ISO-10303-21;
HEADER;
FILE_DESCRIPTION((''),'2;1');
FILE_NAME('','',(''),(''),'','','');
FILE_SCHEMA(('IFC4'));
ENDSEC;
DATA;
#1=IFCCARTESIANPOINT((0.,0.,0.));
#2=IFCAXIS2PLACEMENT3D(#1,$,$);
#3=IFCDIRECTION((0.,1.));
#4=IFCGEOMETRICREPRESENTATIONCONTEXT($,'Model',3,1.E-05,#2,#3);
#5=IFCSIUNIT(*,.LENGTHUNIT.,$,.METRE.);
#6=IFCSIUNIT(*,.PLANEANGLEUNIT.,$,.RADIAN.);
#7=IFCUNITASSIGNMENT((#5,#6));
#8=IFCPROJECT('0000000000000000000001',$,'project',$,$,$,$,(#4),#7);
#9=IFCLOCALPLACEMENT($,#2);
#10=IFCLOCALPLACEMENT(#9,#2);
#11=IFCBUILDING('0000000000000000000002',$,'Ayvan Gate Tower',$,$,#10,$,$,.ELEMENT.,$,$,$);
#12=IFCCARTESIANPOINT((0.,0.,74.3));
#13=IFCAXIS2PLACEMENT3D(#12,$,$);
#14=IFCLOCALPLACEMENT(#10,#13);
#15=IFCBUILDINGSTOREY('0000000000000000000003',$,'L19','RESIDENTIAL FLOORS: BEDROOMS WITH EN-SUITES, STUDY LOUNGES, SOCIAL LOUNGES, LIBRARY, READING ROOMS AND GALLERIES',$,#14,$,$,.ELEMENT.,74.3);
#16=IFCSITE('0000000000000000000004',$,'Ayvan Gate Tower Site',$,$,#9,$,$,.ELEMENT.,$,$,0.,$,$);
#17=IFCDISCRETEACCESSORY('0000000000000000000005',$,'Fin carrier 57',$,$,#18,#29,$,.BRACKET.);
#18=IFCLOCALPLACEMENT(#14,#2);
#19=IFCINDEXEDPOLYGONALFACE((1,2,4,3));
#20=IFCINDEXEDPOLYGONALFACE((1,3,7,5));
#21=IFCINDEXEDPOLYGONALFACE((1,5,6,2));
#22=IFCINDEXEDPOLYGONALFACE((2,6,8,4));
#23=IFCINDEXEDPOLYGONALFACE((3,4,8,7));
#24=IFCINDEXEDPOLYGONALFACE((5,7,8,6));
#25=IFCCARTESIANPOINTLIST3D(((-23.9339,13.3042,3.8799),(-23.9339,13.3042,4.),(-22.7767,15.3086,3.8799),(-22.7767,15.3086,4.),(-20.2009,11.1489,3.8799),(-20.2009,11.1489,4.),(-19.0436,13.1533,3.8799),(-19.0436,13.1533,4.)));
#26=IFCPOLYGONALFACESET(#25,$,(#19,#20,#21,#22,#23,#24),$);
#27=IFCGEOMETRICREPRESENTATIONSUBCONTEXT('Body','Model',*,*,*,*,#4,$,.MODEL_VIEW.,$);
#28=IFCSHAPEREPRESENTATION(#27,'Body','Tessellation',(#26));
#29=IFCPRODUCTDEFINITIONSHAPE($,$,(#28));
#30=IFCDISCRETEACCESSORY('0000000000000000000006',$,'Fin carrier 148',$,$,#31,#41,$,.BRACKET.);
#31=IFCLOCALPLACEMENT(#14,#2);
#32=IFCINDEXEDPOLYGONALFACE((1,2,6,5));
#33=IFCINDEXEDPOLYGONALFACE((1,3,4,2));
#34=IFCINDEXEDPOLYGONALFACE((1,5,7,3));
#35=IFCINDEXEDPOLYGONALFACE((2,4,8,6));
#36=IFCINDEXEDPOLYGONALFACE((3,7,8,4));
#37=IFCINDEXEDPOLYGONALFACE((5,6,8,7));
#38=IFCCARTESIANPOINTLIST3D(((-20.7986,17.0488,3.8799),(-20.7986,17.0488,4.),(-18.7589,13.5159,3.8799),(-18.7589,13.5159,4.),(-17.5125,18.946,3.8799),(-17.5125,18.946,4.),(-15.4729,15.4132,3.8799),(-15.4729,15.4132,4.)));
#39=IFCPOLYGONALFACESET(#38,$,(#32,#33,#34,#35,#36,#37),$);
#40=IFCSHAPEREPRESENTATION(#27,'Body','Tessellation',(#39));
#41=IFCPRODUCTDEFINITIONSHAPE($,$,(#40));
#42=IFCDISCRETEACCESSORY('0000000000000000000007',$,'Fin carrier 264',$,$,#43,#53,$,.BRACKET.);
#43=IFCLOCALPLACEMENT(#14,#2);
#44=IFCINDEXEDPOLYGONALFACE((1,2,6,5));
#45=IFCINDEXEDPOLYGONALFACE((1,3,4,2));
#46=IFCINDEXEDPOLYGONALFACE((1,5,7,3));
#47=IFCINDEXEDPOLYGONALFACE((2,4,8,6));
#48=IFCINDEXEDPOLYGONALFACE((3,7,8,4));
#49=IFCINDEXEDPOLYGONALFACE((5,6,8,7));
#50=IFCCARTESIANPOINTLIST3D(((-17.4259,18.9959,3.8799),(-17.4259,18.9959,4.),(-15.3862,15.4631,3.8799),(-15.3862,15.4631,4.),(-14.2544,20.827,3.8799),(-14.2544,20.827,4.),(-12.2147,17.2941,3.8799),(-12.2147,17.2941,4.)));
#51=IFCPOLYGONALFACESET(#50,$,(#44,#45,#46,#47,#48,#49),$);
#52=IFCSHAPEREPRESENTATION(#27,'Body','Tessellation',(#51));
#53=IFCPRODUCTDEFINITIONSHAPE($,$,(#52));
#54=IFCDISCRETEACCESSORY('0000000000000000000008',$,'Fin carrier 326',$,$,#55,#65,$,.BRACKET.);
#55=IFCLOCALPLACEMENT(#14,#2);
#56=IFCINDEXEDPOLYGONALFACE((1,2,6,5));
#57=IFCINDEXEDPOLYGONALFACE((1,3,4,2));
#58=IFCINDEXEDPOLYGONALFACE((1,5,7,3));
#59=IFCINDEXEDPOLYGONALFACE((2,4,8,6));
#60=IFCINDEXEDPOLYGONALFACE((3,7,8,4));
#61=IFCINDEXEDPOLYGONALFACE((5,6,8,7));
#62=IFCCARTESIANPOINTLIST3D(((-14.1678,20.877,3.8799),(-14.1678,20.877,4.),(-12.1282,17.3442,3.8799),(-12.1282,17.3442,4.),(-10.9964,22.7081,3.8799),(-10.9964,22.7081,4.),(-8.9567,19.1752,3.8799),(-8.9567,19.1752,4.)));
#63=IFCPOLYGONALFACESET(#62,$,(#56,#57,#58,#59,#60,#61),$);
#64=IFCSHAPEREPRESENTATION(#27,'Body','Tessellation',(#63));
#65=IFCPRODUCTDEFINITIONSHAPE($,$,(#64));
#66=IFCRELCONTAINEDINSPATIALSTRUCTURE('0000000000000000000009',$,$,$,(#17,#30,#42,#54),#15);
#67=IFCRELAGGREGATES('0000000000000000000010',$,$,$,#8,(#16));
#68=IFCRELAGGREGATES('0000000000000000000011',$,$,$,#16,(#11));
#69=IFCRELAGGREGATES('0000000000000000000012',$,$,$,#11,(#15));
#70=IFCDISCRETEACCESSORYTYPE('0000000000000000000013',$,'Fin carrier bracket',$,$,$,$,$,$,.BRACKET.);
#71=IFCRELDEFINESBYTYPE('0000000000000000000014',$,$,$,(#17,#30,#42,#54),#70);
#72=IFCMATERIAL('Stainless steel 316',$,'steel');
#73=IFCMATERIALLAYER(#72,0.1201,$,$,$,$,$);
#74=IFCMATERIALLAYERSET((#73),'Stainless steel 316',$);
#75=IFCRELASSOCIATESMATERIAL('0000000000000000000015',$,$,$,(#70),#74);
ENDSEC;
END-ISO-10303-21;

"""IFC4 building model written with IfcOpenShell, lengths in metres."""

from ifc_helpers import new_model, si_unit, direction, frame, origin, origin_2d, place, context, subcontext, project, spatial, rectangle, extrude, material, layer, layer_set, type_object, element, save


model = new_model("IFC4")

# Units and contexts
model_context = context("Model", 3, precision=1e-05, world=origin(), true_north=direction((0.0, 1.0)))
body_context = subcontext(model_context, "Body", "Model", "MODEL_VIEW")
ifc_project = project(units=[si_unit("LENGTHUNIT", "METRE"), si_unit("PLANEANGLEUNIT", "RADIAN")], contexts=[model_context])

# Site, building, storey
site_placement = place(None, origin())
site = spatial("IfcSite", under=ifc_project, at=site_placement, Name="Ayvan Gate Tower Site", CompositionType="ELEMENT", RefElevation=0.0)
building_placement = place(site_placement, origin())
building = spatial("IfcBuilding", under=site, at=building_placement, Name="Ayvan Gate Tower", CompositionType="ELEMENT")
storey_placement = place(building_placement, frame((0.0, 0.0, 74.3)))
storey = spatial("IfcBuildingStorey", under=building, at=storey_placement, Name="L19", Description="RESIDENTIAL FLOORS: BEDROOMS WITH EN-SUITES, STUDY LOUNGES, SOCIAL LOUNGES, LIBRARY, READING ROOMS AND GALLERIES", CompositionType="ELEMENT", Elevation=74.3)

# Discrete accessories
ifc_material_1 = material(Name="Stainless steel 316", Category="steel")
ifc_layer_1 = layer(ifc_material_1, 0.1201)
ifc_layer_set_1 = layer_set([ifc_layer_1], Name="Stainless steel 316")
discrete_accessory_type = type_object("IfcDiscreteAccessoryType", Name="Fin carrier bracket", PredefinedType="BRACKET", material=ifc_layer_set_1)
discrete_accessory_1_placement = place(storey_placement, frame((-21.4888, 13.2288, 3.8799), z_axis=(0.0, 0.0, 1.0), x_axis=(-0.5, -0.866025, 0.0)))
element("IfcDiscreteAccessory", 1, at=discrete_accessory_1_placement, inside=storey, type_object=discrete_accessory_type, Name="Fin carrier 57", PredefinedType="BRACKET", context=body_context, shape_type="SweptSolid", body=[
    extrude(rectangle(XDim=2.3145, YDim=4.3105, at=origin_2d()), origin(), (0.0, 0.0, 1.0), 0.1201),
])
discrete_accessory_2_placement = place(storey_placement, frame((-18.1357, 16.231, 3.8799), z_axis=(0.0, 0.0, 1.0), x_axis=(-0.866025, -0.5, 0.0)))
element("IfcDiscreteAccessory", 2, at=discrete_accessory_2_placement, inside=storey, type_object=discrete_accessory_type, Name="Fin carrier 148", PredefinedType="BRACKET", context=body_context, shape_type="SweptSolid", body=[
    extrude(rectangle(XDim=3.7944, YDim=4.0793, at=origin_2d()), origin(), (0.0, 0.0, 1.0), 0.1201),
])
for number, where, z_axis, x_axis, name in (
    (3, (-14.8203, 18.145, 3.8799), (0.0, 0.0, 1.0), (-0.866025, -0.5, 0.0), "Fin carrier 264"),
    (4, (-11.5623, 20.0261, 3.8799), (0.0, 0.0, 1.0), (-0.866025, -0.5, 0.0), "Fin carrier 326"),
):
    element("IfcDiscreteAccessory", number, at=place(storey_placement, frame(where, z_axis=z_axis, x_axis=x_axis)), inside=storey, type_object=discrete_accessory_type, Name=name, PredefinedType="BRACKET", context=body_context, shape_type="SweptSolid", body=[
        extrude(rectangle(XDim=3.6621, YDim=4.0793, at=origin_2d()), origin(), (0.0, 0.0, 1.0), 0.1201),
    ])

save(model, "model.ifc")
